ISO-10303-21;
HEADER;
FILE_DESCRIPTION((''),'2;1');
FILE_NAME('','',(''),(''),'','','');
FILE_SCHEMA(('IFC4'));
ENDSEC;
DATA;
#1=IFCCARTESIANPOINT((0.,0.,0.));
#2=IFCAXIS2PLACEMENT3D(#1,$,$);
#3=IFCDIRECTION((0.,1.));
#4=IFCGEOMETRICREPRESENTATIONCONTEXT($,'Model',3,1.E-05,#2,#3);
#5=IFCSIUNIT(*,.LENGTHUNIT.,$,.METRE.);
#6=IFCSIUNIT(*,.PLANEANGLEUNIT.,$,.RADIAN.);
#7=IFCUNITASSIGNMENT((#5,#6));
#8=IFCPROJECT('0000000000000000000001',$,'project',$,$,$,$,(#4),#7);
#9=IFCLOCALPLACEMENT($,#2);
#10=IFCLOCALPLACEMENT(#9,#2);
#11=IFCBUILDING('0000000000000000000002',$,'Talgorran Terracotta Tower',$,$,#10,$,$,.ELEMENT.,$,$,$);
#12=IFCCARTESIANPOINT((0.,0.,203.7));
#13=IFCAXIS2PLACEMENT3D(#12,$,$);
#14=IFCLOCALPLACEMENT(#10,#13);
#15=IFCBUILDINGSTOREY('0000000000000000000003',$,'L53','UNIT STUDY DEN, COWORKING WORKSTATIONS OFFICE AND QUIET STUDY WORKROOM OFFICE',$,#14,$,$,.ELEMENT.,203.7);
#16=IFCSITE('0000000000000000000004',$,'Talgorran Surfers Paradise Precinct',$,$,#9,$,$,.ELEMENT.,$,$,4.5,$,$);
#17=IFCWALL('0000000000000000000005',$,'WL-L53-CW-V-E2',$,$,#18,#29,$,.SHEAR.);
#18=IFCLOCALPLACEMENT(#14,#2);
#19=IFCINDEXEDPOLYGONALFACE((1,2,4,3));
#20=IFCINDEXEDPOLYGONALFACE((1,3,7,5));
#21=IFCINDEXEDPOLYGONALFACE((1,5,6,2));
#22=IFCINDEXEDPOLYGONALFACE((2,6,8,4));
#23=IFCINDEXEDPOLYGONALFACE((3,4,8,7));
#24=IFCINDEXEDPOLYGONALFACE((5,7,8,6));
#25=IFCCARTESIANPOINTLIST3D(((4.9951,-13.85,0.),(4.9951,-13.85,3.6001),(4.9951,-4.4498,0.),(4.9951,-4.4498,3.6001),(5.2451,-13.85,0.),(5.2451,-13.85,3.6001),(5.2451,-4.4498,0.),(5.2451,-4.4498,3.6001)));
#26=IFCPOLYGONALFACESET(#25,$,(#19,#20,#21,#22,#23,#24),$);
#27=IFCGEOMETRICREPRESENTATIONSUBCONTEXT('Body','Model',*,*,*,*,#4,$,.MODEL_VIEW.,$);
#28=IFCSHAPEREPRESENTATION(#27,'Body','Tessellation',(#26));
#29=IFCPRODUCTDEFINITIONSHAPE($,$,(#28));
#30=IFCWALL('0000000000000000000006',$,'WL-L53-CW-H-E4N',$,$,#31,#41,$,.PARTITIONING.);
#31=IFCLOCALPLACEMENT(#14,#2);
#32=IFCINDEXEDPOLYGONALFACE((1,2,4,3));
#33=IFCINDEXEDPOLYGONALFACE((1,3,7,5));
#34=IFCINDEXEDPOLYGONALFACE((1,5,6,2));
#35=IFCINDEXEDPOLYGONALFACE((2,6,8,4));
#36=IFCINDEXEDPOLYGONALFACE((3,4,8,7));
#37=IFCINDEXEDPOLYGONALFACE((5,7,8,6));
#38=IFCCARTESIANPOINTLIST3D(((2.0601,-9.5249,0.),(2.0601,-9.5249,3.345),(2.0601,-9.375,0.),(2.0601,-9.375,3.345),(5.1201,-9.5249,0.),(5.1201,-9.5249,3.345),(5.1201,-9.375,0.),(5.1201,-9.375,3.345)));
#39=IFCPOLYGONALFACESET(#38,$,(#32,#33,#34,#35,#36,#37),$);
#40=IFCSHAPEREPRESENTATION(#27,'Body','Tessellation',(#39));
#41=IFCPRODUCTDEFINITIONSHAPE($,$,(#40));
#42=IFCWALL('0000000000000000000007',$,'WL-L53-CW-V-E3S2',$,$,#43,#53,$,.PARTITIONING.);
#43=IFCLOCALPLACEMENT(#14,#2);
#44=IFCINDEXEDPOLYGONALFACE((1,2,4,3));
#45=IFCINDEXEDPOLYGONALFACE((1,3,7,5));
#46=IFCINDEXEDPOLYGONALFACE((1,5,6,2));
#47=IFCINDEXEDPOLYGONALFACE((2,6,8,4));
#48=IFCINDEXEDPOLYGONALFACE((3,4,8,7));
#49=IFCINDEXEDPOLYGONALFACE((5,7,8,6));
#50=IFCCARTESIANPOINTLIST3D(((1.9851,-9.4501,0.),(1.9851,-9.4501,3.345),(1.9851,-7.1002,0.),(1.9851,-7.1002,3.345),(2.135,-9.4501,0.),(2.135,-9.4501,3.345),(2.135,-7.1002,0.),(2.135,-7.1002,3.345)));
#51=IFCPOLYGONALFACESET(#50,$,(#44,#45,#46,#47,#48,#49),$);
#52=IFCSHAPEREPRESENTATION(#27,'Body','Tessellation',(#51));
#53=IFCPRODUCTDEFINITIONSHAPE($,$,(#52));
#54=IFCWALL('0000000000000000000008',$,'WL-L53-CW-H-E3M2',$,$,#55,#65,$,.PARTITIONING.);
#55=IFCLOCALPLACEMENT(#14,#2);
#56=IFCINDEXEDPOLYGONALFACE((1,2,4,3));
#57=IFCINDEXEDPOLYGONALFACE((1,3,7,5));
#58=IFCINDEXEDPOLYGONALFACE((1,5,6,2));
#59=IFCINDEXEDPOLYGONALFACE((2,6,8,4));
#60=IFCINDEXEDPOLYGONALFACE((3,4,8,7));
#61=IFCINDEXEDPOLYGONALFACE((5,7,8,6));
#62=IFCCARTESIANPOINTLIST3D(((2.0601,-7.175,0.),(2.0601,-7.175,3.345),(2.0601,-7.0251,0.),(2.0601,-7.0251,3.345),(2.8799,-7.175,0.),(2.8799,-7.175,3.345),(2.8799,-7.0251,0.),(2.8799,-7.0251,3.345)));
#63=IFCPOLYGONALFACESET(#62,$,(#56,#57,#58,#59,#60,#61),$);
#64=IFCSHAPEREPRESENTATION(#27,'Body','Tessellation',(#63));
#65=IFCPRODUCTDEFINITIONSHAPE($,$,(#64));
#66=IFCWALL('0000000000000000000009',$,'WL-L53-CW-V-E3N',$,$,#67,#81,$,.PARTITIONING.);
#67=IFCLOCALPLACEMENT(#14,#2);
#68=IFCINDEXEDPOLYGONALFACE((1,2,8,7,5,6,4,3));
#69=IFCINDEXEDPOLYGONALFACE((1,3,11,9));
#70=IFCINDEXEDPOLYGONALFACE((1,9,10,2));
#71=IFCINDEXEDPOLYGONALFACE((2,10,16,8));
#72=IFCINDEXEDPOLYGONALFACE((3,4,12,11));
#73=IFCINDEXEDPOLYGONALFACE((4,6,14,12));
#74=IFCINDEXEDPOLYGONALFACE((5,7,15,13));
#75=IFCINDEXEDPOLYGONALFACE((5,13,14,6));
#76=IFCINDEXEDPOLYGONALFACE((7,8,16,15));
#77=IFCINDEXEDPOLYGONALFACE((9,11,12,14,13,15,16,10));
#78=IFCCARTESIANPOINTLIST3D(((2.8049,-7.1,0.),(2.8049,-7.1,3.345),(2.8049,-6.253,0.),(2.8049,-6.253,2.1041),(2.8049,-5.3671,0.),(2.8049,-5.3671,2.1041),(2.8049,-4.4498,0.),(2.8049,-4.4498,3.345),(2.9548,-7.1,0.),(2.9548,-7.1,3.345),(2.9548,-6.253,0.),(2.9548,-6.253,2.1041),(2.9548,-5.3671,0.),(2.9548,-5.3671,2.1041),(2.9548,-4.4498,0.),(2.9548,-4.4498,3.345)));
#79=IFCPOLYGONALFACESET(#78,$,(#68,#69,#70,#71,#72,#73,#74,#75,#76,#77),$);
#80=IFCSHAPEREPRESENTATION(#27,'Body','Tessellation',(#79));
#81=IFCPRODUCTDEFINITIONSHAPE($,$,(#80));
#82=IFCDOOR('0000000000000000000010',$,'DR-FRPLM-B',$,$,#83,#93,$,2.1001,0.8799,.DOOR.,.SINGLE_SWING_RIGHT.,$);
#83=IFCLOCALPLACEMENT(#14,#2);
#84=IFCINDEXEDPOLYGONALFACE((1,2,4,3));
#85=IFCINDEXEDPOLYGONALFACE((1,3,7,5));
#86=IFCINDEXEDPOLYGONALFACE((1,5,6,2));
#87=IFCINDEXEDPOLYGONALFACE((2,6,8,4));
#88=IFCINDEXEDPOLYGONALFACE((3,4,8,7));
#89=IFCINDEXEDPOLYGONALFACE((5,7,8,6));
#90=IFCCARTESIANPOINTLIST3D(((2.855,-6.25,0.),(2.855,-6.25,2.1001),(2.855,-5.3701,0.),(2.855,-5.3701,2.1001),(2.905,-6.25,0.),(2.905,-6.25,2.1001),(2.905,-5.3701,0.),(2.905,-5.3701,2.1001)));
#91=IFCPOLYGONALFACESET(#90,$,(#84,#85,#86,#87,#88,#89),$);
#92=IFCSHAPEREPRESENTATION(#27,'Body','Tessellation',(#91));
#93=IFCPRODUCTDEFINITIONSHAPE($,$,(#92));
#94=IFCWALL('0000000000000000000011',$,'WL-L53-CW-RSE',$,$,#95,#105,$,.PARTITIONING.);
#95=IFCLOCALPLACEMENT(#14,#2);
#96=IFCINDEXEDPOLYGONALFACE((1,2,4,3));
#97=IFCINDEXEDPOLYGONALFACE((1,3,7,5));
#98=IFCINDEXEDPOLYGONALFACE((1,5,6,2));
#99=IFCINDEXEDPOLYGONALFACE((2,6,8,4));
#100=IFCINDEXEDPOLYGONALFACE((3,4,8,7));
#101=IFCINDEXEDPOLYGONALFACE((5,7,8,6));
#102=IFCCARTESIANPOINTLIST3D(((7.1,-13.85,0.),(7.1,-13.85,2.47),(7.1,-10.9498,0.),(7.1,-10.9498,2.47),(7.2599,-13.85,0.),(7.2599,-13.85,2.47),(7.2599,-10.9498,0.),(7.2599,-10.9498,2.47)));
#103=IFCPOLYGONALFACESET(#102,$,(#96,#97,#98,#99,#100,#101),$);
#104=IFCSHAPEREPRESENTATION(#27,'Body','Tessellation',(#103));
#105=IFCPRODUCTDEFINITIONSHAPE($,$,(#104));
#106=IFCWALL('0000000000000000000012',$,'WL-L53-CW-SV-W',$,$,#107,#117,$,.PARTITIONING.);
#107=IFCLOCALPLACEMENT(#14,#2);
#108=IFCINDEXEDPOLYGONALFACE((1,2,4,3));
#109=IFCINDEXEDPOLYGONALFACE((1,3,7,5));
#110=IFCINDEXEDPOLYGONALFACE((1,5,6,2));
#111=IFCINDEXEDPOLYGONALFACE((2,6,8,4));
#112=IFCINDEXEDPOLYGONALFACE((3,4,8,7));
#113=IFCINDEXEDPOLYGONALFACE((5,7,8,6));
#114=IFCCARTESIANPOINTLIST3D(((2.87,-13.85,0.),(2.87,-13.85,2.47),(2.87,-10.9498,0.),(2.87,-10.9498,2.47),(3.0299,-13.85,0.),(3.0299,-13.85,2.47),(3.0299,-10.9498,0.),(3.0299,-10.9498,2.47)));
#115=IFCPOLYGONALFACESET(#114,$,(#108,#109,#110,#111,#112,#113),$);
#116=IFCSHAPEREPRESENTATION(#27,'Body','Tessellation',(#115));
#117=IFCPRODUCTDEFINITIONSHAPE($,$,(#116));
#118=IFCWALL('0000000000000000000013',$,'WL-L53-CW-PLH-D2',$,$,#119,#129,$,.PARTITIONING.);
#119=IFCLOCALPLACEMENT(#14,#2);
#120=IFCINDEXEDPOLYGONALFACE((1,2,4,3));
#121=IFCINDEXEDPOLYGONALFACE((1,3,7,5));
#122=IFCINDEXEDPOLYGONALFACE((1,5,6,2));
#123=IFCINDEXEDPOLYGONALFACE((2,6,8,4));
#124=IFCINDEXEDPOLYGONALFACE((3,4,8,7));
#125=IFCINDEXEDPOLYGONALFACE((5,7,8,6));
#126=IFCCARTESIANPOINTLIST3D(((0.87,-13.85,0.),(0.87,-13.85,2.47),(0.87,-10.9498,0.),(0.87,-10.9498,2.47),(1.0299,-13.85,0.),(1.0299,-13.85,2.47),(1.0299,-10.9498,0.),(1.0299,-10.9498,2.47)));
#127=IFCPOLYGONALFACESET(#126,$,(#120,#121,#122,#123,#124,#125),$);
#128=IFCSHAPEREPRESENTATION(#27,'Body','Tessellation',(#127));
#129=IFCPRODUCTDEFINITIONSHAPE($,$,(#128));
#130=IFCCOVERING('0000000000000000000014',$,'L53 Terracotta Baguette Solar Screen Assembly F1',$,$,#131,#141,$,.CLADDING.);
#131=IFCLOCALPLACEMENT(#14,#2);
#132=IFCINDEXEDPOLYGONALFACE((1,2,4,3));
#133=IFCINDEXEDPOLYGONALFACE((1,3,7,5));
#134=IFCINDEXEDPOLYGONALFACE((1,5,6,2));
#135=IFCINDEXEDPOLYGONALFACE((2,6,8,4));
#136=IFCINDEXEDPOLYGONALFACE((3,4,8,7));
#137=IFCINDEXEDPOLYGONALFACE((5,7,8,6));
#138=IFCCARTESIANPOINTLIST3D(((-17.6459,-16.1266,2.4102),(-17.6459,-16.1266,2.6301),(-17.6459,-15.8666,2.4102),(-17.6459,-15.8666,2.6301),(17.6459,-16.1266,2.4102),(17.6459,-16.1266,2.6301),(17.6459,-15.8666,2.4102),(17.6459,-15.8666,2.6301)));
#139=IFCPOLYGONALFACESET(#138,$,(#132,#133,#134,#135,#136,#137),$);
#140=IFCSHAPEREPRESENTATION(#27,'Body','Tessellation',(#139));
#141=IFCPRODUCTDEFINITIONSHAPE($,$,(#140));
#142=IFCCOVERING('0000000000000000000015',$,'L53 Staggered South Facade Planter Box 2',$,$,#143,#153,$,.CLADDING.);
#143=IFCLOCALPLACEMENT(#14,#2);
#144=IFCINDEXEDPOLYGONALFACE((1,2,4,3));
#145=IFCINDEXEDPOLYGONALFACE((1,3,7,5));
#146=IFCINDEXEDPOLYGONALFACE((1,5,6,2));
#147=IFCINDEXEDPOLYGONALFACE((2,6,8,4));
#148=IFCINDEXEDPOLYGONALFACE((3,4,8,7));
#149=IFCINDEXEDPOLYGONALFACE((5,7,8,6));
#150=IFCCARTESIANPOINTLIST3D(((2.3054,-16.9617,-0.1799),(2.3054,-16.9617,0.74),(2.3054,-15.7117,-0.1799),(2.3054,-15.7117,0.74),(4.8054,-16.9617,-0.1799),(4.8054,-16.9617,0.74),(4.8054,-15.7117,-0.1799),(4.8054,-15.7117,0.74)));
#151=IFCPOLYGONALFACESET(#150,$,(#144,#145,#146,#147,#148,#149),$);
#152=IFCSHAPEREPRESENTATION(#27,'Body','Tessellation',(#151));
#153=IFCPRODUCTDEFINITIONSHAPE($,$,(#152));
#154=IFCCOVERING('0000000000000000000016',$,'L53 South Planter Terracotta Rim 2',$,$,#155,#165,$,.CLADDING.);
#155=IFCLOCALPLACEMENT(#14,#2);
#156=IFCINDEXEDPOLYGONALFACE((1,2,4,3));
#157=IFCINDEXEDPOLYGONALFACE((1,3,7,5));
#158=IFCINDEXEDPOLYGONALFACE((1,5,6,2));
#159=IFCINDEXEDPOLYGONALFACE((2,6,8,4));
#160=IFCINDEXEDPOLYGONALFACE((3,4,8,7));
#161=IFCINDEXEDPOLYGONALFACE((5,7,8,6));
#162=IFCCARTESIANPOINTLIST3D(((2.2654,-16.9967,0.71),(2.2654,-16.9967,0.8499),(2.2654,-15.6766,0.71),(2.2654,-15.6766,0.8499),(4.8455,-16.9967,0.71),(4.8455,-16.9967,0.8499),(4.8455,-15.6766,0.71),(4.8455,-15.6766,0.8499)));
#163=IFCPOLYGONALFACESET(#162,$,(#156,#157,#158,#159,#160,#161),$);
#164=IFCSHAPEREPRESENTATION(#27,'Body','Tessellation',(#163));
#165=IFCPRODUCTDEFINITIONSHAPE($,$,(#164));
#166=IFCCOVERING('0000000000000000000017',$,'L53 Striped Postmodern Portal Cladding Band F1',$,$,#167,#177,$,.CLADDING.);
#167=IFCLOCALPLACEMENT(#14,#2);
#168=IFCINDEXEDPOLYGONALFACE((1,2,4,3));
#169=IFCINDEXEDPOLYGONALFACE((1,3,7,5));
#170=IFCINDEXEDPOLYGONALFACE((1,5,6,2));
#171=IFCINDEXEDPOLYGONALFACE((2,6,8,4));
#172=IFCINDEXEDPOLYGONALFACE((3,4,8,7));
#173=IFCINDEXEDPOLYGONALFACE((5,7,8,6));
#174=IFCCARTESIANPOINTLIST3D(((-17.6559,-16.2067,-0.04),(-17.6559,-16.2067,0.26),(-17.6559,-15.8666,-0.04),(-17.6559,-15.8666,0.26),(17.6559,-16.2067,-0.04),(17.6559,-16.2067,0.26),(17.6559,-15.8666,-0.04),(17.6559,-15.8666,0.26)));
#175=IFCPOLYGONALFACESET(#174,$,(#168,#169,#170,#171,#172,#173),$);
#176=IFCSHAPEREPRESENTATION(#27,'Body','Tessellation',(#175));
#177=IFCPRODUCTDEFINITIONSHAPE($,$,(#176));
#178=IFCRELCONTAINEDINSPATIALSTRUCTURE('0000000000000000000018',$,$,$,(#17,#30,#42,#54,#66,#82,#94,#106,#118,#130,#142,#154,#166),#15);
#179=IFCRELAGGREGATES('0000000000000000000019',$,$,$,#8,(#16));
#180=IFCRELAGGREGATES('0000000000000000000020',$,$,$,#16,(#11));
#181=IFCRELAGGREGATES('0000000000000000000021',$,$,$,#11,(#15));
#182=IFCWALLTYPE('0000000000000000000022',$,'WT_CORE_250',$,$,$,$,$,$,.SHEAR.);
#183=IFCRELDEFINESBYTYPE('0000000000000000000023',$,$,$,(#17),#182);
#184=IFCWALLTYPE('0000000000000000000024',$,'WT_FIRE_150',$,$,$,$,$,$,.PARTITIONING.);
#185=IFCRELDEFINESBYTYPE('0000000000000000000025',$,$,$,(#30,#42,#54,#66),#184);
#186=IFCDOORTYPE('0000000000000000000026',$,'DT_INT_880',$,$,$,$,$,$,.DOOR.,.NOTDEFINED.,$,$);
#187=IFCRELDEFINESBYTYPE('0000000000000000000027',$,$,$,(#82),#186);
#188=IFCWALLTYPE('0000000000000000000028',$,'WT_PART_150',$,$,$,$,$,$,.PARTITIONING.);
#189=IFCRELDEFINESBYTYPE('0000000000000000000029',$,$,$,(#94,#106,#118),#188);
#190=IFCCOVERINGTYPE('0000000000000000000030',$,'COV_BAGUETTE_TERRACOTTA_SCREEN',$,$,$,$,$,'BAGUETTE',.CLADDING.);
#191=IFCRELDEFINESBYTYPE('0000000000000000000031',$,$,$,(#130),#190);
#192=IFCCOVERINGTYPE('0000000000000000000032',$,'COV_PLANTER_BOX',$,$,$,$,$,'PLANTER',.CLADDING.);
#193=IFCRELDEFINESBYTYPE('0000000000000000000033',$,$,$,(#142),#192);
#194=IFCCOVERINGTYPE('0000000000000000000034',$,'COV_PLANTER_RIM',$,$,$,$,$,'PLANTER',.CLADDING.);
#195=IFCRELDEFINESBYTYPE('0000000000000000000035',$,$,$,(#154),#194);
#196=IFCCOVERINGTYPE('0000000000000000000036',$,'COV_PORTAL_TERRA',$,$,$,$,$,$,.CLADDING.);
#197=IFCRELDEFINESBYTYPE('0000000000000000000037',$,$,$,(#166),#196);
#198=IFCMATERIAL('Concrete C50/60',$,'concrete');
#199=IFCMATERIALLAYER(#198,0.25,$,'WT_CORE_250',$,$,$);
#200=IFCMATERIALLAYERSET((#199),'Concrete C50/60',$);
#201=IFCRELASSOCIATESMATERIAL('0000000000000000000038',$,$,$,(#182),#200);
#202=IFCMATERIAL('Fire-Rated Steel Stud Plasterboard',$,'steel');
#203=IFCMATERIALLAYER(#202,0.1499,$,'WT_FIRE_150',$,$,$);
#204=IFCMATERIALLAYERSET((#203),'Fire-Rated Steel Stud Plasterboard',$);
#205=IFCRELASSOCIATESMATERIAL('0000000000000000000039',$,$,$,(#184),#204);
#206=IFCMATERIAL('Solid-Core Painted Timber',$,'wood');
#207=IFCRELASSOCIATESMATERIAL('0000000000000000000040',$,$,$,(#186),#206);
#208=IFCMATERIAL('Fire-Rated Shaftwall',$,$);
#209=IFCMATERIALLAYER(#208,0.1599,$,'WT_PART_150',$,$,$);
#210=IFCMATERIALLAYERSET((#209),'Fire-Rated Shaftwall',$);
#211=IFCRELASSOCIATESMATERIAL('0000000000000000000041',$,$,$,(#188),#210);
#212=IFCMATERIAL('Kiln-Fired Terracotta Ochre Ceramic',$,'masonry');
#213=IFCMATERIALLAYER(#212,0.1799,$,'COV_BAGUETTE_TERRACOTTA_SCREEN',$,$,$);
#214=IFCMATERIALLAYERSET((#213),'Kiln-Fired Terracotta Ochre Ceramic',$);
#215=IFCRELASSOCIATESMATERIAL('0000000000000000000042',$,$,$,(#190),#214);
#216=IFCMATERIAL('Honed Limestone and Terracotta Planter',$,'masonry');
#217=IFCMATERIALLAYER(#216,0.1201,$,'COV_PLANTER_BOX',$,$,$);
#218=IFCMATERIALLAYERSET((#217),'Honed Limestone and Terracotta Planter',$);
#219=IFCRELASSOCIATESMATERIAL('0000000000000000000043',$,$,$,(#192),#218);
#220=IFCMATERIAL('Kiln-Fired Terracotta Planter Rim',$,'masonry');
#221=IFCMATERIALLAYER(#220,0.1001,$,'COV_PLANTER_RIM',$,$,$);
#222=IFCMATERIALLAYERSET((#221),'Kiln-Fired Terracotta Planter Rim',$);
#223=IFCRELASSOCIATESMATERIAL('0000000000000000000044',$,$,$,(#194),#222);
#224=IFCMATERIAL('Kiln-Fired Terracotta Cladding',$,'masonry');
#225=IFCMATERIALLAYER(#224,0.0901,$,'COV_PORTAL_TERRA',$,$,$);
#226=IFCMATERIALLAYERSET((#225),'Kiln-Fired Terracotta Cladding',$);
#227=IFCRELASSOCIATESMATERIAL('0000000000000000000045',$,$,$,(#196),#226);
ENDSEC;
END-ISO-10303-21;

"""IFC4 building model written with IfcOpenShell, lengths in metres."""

from ifc_helpers import new_model, si_unit, direction, frame, frame_2d, origin, origin_2d, place, context, subcontext, project, spatial, rectangle, extrude, material, layer, layer_set, type_object, element, fill, save


model = new_model("IFC4")

# Units and contexts
model_context = context("Model", 3, precision=1e-05, world=origin(), true_north=direction((0.0, 1.0)))
body_context = subcontext(model_context, "Body", "Model", "MODEL_VIEW")
ifc_project = project(units=[si_unit("LENGTHUNIT", "METRE"), si_unit("PLANEANGLEUNIT", "RADIAN")], contexts=[model_context])

# Site, building, storey
site_placement = place(None, origin())
site = spatial("IfcSite", under=ifc_project, at=site_placement, Name="Talgorran Surfers Paradise Precinct", CompositionType="ELEMENT", RefElevation=4.5)
building_placement = place(site_placement, origin())
building = spatial("IfcBuilding", under=site, at=building_placement, Name="Talgorran Terracotta Tower", CompositionType="ELEMENT")
storey_placement = place(building_placement, frame((0.0, 0.0, 203.7)))
storey = spatial("IfcBuildingStorey", under=building, at=storey_placement, Name="L53", Description="UNIT STUDY DEN, COWORKING WORKSTATIONS OFFICE AND QUIET STUDY WORKROOM OFFICE", CompositionType="ELEMENT", Elevation=203.7)

# Shared definitions
ifc_material_1 = material(Name="Concrete C50/60", Category="concrete")

# Shared definitions
ifc_layer_1 = layer(ifc_material_1, 0.25, Name="WT_CORE_250")
ifc_layer_set_1 = layer_set([ifc_layer_1], Name="Concrete C50/60")
wall_type_1 = type_object("IfcWallType", Name="WT_CORE_250", PredefinedType="SHEAR", material=ifc_layer_set_1)

# Walls
wall_1_placement = place(storey_placement, frame((5.1201, -13.8501, 0.0), z_axis=(0.0, 0.0, 1.0), x_axis=(0.0, 1.0, 0.0)))
element("IfcWall", 1, at=wall_1_placement, inside=storey, type_object=wall_type_1, Name="WL-L53-CW-V-E2", PredefinedType="SHEAR", context=body_context, shape_type="SweptSolid", body=[
    extrude(rectangle(XDim=9.4001, YDim=0.25, at=frame_2d((4.7002, 0.0))), origin(), (0.0, 0.0, 1.0), 3.6001),
])
ifc_material_2 = material(Name="Fire-Rated Steel Stud Plasterboard", Category="steel")
ifc_layer_2 = layer(ifc_material_2, 0.1499, Name="WT_FIRE_150")
ifc_layer_set_2 = layer_set([ifc_layer_2], Name="Fire-Rated Steel Stud Plasterboard")
wall_type_2 = type_object("IfcWallType", Name="WT_FIRE_150", PredefinedType="PARTITIONING", material=ifc_layer_set_2)
wall_2_placement = place(storey_placement, frame((2.0601, -9.45, 0.0), z_axis=(0.0, 0.0, 1.0), x_axis=(1.0, 0.0, 0.0)))
element("IfcWall", 2, at=wall_2_placement, inside=storey, type_object=wall_type_2, Name="WL-L53-CW-H-E4N", PredefinedType="PARTITIONING", context=body_context, shape_type="SweptSolid", body=[
    extrude(rectangle(XDim=3.0601, YDim=0.1499, at=frame_2d((1.53, 0.0))), origin(), (0.0, 0.0, 1.0), 3.345),
])
wall_3_placement = place(storey_placement, frame((2.0601, -9.45, 0.0), z_axis=(0.0, 0.0, 1.0), x_axis=(0.0, 1.0, 0.0)))
element("IfcWall", 3, at=wall_3_placement, inside=storey, type_object=wall_type_2, Name="WL-L53-CW-V-E3S2", PredefinedType="PARTITIONING", context=body_context, shape_type="SweptSolid", body=[
    extrude(rectangle(XDim=2.3499, YDim=0.1499, at=frame_2d((1.1748, 0.0))), origin(), (0.0, 0.0, 1.0), 3.345),
])
wall_4_placement = place(storey_placement, frame((2.0601, -7.1001, 0.0), z_axis=(0.0, 0.0, 1.0), x_axis=(1.0, 0.0, 0.0)))
element("IfcWall", 4, at=wall_4_placement, inside=storey, type_object=wall_type_2, Name="WL-L53-CW-H-E3M2", PredefinedType="PARTITIONING", context=body_context, shape_type="SweptSolid", body=[
    extrude(rectangle(XDim=0.8198, YDim=0.1499, at=frame_2d((0.4099, 0.0))), origin(), (0.0, 0.0, 1.0), 3.345),
])

# Wall, opening, door
wall_5_placement = place(storey_placement, frame((2.8799, -7.1001, 0.0), z_axis=(0.0, 0.0, 1.0), x_axis=(0.0, 1.0, 0.0)))
wall_5 = element("IfcWall", 5, at=wall_5_placement, inside=storey, type_object=wall_type_2, Name="WL-L53-CW-V-E3N", PredefinedType="PARTITIONING", context=body_context, shape_type="SweptSolid", body=[
    extrude(rectangle(XDim=2.6501, YDim=0.1499, at=frame_2d((1.3252, 0.0))), origin(), (0.0, 0.0, 1.0), 3.345),
])
opening_1_placement = place(wall_5_placement, frame((0.8501, 0.0, 0.0)))
opening_1 = element("IfcOpeningElement", 6, at=opening_1_placement, cuts=wall_5, PredefinedType="OPENING", context=body_context, shape_type="SweptSolid", body=[
    extrude(rectangle(XDim=0.8859, YDim=2.1041, at=frame_2d((0.4399, 1.052))), frame((0.0, 0.085, 0.0), z_axis=(0.0, -1.0, 0.0), x_axis=(1.0, 0.0, 0.0)), (0.0, 0.0, 1.0), 0.1699),
])
ifc_material_3 = material(Name="Solid-Core Painted Timber", Category="wood")
door_type_1 = type_object("IfcDoorType", Name="DT_INT_880", OperationType="NOTDEFINED", PredefinedType="DOOR", material=ifc_material_3)
door_1_placement = place(opening_1_placement, origin())
door_1 = element("IfcDoor", 7, at=door_1_placement, inside=storey, type_object=door_type_1, Name="DR-FRPLM-B", OperationType="SINGLE_SWING_RIGHT", OverallHeight=2.1001, OverallWidth=0.8799, PredefinedType="DOOR", context=body_context, shape_type="SweptSolid", body=[
    extrude(rectangle(XDim=0.8799, YDim=2.1001, at=frame_2d((0.4399, 1.05))), frame((0.0, 0.0249, 0.0), z_axis=(0.0, -1.0, 0.0), x_axis=(1.0, 0.0, 0.0)), (0.0, 0.0, 1.0), 0.05),
])
fill(opening_1, door_1)

# Walls
ifc_material_4 = material(Name="Fire-Rated Shaftwall")
ifc_layer_3 = layer(ifc_material_4, 0.1599, Name="WT_PART_150")
ifc_layer_set_3 = layer_set([ifc_layer_3], Name="Fire-Rated Shaftwall")
wall_type_3 = type_object("IfcWallType", Name="WT_PART_150", PredefinedType="PARTITIONING", material=ifc_layer_set_3)
for number, where, z_axis, x_axis, name in (
    (8, (7.1799, -13.8501, 0.0), (0.0, 0.0, 1.0), (0.0, 1.0, 0.0), "WL-L53-CW-RSE"),
    (9, (2.95, -13.8501, 0.0), (0.0, 0.0, 1.0), (0.0, 1.0, 0.0), "WL-L53-CW-SV-W"),
    (10, (0.95, -13.8501, 0.0), (0.0, 0.0, 1.0), (0.0, 1.0, 0.0), "WL-L53-CW-PLH-D2"),
):
    element("IfcWall", number, at=place(storey_placement, frame(where, z_axis=z_axis, x_axis=x_axis)), inside=storey, type_object=wall_type_3, Name=name, PredefinedType="PARTITIONING", context=body_context, shape_type="SweptSolid", body=[
        extrude(rectangle(XDim=2.9001, YDim=0.1599, at=frame_2d((1.4502, 0.0))), origin(), (0.0, 0.0, 1.0), 2.47),
    ])

# Coverings
ifc_material_5 = material(Name="Kiln-Fired Terracotta Ochre Ceramic", Category="masonry")
ifc_layer_4 = layer(ifc_material_5, 0.1799, Name="COV_BAGUETTE_TERRACOTTA_SCREEN")
ifc_layer_set_4 = layer_set([ifc_layer_4], Name="Kiln-Fired Terracotta Ochre Ceramic")
covering_type_1 = type_object("IfcCoveringType", Name="COV_BAGUETTE_TERRACOTTA_SCREEN", ElementType="BAGUETTE", PredefinedType="CLADDING", material=ifc_layer_set_4)
covering_1_placement = place(storey_placement, frame((0.0, -15.9966, 2.4102), z_axis=(0.0, 0.0, 1.0), x_axis=(1.0, 0.0, 0.0)))
element("IfcCovering", 11, at=covering_1_placement, inside=storey, type_object=covering_type_1, Name="L53 Terracotta Baguette Solar Screen Assembly F1", PredefinedType="CLADDING", context=body_context, shape_type="SweptSolid", body=[
    extrude(rectangle(XDim=35.2917, YDim=0.26, at=origin_2d()), origin(), (0.0, 0.0, 1.0), 0.22),
])
ifc_material_6 = material(Name="Honed Limestone and Terracotta Planter", Category="masonry")
ifc_layer_5 = layer(ifc_material_6, 0.1201, Name="COV_PLANTER_BOX")
ifc_layer_set_5 = layer_set([ifc_layer_5], Name="Honed Limestone and Terracotta Planter")
covering_type_2 = type_object("IfcCoveringType", Name="COV_PLANTER_BOX", ElementType="PLANTER", PredefinedType="CLADDING", material=ifc_layer_set_5)
covering_2_placement = place(storey_placement, frame((3.5554, -16.3367, -0.1799), z_axis=(0.0, 0.0, 1.0), x_axis=(1.0, 0.0, 0.0)))
element("IfcCovering", 12, at=covering_2_placement, inside=storey, type_object=covering_type_2, Name="L53 Staggered South Facade Planter Box 2", PredefinedType="CLADDING", context=body_context, shape_type="SweptSolid", body=[
    extrude(rectangle(XDim=2.5, YDim=1.25, at=origin_2d()), origin(), (0.0, 0.0, 1.0), 0.9199),
])
ifc_material_7 = material(Name="Kiln-Fired Terracotta Planter Rim", Category="masonry")
ifc_layer_6 = layer(ifc_material_7, 0.1001, Name="COV_PLANTER_RIM")
ifc_layer_set_6 = layer_set([ifc_layer_6], Name="Kiln-Fired Terracotta Planter Rim")
covering_type_3 = type_object("IfcCoveringType", Name="COV_PLANTER_RIM", ElementType="PLANTER", PredefinedType="CLADDING", material=ifc_layer_set_6)
covering_3_placement = place(storey_placement, frame((3.5554, -16.3367, 0.71), z_axis=(0.0, 0.0, 1.0), x_axis=(1.0, 0.0, 0.0)))
element("IfcCovering", 13, at=covering_3_placement, inside=storey, type_object=covering_type_3, Name="L53 South Planter Terracotta Rim 2", PredefinedType="CLADDING", context=body_context, shape_type="SweptSolid", body=[
    extrude(rectangle(XDim=2.5801, YDim=1.3201, at=origin_2d()), origin(), (0.0, 0.0, 1.0), 0.1399),
])
ifc_material_8 = material(Name="Kiln-Fired Terracotta Cladding", Category="masonry")
ifc_layer_7 = layer(ifc_material_8, 0.0901, Name="COV_PORTAL_TERRA")
ifc_layer_set_7 = layer_set([ifc_layer_7], Name="Kiln-Fired Terracotta Cladding")
covering_type_4 = type_object("IfcCoveringType", Name="COV_PORTAL_TERRA", PredefinedType="CLADDING", material=ifc_layer_set_7)
covering_4_placement = place(storey_placement, frame((0.0, -16.0366, -0.04), z_axis=(0.0, 0.0, 1.0), x_axis=(1.0, 0.0, 0.0)))
element("IfcCovering", 14, at=covering_4_placement, inside=storey, type_object=covering_type_4, Name="L53 Striped Postmodern Portal Cladding Band F1", PredefinedType="CLADDING", context=body_context, shape_type="SweptSolid", body=[
    extrude(rectangle(XDim=35.3118, YDim=0.3401, at=origin_2d()), origin(), (0.0, 0.0, 1.0), 0.3),
])

save(model, "model.ifc")
